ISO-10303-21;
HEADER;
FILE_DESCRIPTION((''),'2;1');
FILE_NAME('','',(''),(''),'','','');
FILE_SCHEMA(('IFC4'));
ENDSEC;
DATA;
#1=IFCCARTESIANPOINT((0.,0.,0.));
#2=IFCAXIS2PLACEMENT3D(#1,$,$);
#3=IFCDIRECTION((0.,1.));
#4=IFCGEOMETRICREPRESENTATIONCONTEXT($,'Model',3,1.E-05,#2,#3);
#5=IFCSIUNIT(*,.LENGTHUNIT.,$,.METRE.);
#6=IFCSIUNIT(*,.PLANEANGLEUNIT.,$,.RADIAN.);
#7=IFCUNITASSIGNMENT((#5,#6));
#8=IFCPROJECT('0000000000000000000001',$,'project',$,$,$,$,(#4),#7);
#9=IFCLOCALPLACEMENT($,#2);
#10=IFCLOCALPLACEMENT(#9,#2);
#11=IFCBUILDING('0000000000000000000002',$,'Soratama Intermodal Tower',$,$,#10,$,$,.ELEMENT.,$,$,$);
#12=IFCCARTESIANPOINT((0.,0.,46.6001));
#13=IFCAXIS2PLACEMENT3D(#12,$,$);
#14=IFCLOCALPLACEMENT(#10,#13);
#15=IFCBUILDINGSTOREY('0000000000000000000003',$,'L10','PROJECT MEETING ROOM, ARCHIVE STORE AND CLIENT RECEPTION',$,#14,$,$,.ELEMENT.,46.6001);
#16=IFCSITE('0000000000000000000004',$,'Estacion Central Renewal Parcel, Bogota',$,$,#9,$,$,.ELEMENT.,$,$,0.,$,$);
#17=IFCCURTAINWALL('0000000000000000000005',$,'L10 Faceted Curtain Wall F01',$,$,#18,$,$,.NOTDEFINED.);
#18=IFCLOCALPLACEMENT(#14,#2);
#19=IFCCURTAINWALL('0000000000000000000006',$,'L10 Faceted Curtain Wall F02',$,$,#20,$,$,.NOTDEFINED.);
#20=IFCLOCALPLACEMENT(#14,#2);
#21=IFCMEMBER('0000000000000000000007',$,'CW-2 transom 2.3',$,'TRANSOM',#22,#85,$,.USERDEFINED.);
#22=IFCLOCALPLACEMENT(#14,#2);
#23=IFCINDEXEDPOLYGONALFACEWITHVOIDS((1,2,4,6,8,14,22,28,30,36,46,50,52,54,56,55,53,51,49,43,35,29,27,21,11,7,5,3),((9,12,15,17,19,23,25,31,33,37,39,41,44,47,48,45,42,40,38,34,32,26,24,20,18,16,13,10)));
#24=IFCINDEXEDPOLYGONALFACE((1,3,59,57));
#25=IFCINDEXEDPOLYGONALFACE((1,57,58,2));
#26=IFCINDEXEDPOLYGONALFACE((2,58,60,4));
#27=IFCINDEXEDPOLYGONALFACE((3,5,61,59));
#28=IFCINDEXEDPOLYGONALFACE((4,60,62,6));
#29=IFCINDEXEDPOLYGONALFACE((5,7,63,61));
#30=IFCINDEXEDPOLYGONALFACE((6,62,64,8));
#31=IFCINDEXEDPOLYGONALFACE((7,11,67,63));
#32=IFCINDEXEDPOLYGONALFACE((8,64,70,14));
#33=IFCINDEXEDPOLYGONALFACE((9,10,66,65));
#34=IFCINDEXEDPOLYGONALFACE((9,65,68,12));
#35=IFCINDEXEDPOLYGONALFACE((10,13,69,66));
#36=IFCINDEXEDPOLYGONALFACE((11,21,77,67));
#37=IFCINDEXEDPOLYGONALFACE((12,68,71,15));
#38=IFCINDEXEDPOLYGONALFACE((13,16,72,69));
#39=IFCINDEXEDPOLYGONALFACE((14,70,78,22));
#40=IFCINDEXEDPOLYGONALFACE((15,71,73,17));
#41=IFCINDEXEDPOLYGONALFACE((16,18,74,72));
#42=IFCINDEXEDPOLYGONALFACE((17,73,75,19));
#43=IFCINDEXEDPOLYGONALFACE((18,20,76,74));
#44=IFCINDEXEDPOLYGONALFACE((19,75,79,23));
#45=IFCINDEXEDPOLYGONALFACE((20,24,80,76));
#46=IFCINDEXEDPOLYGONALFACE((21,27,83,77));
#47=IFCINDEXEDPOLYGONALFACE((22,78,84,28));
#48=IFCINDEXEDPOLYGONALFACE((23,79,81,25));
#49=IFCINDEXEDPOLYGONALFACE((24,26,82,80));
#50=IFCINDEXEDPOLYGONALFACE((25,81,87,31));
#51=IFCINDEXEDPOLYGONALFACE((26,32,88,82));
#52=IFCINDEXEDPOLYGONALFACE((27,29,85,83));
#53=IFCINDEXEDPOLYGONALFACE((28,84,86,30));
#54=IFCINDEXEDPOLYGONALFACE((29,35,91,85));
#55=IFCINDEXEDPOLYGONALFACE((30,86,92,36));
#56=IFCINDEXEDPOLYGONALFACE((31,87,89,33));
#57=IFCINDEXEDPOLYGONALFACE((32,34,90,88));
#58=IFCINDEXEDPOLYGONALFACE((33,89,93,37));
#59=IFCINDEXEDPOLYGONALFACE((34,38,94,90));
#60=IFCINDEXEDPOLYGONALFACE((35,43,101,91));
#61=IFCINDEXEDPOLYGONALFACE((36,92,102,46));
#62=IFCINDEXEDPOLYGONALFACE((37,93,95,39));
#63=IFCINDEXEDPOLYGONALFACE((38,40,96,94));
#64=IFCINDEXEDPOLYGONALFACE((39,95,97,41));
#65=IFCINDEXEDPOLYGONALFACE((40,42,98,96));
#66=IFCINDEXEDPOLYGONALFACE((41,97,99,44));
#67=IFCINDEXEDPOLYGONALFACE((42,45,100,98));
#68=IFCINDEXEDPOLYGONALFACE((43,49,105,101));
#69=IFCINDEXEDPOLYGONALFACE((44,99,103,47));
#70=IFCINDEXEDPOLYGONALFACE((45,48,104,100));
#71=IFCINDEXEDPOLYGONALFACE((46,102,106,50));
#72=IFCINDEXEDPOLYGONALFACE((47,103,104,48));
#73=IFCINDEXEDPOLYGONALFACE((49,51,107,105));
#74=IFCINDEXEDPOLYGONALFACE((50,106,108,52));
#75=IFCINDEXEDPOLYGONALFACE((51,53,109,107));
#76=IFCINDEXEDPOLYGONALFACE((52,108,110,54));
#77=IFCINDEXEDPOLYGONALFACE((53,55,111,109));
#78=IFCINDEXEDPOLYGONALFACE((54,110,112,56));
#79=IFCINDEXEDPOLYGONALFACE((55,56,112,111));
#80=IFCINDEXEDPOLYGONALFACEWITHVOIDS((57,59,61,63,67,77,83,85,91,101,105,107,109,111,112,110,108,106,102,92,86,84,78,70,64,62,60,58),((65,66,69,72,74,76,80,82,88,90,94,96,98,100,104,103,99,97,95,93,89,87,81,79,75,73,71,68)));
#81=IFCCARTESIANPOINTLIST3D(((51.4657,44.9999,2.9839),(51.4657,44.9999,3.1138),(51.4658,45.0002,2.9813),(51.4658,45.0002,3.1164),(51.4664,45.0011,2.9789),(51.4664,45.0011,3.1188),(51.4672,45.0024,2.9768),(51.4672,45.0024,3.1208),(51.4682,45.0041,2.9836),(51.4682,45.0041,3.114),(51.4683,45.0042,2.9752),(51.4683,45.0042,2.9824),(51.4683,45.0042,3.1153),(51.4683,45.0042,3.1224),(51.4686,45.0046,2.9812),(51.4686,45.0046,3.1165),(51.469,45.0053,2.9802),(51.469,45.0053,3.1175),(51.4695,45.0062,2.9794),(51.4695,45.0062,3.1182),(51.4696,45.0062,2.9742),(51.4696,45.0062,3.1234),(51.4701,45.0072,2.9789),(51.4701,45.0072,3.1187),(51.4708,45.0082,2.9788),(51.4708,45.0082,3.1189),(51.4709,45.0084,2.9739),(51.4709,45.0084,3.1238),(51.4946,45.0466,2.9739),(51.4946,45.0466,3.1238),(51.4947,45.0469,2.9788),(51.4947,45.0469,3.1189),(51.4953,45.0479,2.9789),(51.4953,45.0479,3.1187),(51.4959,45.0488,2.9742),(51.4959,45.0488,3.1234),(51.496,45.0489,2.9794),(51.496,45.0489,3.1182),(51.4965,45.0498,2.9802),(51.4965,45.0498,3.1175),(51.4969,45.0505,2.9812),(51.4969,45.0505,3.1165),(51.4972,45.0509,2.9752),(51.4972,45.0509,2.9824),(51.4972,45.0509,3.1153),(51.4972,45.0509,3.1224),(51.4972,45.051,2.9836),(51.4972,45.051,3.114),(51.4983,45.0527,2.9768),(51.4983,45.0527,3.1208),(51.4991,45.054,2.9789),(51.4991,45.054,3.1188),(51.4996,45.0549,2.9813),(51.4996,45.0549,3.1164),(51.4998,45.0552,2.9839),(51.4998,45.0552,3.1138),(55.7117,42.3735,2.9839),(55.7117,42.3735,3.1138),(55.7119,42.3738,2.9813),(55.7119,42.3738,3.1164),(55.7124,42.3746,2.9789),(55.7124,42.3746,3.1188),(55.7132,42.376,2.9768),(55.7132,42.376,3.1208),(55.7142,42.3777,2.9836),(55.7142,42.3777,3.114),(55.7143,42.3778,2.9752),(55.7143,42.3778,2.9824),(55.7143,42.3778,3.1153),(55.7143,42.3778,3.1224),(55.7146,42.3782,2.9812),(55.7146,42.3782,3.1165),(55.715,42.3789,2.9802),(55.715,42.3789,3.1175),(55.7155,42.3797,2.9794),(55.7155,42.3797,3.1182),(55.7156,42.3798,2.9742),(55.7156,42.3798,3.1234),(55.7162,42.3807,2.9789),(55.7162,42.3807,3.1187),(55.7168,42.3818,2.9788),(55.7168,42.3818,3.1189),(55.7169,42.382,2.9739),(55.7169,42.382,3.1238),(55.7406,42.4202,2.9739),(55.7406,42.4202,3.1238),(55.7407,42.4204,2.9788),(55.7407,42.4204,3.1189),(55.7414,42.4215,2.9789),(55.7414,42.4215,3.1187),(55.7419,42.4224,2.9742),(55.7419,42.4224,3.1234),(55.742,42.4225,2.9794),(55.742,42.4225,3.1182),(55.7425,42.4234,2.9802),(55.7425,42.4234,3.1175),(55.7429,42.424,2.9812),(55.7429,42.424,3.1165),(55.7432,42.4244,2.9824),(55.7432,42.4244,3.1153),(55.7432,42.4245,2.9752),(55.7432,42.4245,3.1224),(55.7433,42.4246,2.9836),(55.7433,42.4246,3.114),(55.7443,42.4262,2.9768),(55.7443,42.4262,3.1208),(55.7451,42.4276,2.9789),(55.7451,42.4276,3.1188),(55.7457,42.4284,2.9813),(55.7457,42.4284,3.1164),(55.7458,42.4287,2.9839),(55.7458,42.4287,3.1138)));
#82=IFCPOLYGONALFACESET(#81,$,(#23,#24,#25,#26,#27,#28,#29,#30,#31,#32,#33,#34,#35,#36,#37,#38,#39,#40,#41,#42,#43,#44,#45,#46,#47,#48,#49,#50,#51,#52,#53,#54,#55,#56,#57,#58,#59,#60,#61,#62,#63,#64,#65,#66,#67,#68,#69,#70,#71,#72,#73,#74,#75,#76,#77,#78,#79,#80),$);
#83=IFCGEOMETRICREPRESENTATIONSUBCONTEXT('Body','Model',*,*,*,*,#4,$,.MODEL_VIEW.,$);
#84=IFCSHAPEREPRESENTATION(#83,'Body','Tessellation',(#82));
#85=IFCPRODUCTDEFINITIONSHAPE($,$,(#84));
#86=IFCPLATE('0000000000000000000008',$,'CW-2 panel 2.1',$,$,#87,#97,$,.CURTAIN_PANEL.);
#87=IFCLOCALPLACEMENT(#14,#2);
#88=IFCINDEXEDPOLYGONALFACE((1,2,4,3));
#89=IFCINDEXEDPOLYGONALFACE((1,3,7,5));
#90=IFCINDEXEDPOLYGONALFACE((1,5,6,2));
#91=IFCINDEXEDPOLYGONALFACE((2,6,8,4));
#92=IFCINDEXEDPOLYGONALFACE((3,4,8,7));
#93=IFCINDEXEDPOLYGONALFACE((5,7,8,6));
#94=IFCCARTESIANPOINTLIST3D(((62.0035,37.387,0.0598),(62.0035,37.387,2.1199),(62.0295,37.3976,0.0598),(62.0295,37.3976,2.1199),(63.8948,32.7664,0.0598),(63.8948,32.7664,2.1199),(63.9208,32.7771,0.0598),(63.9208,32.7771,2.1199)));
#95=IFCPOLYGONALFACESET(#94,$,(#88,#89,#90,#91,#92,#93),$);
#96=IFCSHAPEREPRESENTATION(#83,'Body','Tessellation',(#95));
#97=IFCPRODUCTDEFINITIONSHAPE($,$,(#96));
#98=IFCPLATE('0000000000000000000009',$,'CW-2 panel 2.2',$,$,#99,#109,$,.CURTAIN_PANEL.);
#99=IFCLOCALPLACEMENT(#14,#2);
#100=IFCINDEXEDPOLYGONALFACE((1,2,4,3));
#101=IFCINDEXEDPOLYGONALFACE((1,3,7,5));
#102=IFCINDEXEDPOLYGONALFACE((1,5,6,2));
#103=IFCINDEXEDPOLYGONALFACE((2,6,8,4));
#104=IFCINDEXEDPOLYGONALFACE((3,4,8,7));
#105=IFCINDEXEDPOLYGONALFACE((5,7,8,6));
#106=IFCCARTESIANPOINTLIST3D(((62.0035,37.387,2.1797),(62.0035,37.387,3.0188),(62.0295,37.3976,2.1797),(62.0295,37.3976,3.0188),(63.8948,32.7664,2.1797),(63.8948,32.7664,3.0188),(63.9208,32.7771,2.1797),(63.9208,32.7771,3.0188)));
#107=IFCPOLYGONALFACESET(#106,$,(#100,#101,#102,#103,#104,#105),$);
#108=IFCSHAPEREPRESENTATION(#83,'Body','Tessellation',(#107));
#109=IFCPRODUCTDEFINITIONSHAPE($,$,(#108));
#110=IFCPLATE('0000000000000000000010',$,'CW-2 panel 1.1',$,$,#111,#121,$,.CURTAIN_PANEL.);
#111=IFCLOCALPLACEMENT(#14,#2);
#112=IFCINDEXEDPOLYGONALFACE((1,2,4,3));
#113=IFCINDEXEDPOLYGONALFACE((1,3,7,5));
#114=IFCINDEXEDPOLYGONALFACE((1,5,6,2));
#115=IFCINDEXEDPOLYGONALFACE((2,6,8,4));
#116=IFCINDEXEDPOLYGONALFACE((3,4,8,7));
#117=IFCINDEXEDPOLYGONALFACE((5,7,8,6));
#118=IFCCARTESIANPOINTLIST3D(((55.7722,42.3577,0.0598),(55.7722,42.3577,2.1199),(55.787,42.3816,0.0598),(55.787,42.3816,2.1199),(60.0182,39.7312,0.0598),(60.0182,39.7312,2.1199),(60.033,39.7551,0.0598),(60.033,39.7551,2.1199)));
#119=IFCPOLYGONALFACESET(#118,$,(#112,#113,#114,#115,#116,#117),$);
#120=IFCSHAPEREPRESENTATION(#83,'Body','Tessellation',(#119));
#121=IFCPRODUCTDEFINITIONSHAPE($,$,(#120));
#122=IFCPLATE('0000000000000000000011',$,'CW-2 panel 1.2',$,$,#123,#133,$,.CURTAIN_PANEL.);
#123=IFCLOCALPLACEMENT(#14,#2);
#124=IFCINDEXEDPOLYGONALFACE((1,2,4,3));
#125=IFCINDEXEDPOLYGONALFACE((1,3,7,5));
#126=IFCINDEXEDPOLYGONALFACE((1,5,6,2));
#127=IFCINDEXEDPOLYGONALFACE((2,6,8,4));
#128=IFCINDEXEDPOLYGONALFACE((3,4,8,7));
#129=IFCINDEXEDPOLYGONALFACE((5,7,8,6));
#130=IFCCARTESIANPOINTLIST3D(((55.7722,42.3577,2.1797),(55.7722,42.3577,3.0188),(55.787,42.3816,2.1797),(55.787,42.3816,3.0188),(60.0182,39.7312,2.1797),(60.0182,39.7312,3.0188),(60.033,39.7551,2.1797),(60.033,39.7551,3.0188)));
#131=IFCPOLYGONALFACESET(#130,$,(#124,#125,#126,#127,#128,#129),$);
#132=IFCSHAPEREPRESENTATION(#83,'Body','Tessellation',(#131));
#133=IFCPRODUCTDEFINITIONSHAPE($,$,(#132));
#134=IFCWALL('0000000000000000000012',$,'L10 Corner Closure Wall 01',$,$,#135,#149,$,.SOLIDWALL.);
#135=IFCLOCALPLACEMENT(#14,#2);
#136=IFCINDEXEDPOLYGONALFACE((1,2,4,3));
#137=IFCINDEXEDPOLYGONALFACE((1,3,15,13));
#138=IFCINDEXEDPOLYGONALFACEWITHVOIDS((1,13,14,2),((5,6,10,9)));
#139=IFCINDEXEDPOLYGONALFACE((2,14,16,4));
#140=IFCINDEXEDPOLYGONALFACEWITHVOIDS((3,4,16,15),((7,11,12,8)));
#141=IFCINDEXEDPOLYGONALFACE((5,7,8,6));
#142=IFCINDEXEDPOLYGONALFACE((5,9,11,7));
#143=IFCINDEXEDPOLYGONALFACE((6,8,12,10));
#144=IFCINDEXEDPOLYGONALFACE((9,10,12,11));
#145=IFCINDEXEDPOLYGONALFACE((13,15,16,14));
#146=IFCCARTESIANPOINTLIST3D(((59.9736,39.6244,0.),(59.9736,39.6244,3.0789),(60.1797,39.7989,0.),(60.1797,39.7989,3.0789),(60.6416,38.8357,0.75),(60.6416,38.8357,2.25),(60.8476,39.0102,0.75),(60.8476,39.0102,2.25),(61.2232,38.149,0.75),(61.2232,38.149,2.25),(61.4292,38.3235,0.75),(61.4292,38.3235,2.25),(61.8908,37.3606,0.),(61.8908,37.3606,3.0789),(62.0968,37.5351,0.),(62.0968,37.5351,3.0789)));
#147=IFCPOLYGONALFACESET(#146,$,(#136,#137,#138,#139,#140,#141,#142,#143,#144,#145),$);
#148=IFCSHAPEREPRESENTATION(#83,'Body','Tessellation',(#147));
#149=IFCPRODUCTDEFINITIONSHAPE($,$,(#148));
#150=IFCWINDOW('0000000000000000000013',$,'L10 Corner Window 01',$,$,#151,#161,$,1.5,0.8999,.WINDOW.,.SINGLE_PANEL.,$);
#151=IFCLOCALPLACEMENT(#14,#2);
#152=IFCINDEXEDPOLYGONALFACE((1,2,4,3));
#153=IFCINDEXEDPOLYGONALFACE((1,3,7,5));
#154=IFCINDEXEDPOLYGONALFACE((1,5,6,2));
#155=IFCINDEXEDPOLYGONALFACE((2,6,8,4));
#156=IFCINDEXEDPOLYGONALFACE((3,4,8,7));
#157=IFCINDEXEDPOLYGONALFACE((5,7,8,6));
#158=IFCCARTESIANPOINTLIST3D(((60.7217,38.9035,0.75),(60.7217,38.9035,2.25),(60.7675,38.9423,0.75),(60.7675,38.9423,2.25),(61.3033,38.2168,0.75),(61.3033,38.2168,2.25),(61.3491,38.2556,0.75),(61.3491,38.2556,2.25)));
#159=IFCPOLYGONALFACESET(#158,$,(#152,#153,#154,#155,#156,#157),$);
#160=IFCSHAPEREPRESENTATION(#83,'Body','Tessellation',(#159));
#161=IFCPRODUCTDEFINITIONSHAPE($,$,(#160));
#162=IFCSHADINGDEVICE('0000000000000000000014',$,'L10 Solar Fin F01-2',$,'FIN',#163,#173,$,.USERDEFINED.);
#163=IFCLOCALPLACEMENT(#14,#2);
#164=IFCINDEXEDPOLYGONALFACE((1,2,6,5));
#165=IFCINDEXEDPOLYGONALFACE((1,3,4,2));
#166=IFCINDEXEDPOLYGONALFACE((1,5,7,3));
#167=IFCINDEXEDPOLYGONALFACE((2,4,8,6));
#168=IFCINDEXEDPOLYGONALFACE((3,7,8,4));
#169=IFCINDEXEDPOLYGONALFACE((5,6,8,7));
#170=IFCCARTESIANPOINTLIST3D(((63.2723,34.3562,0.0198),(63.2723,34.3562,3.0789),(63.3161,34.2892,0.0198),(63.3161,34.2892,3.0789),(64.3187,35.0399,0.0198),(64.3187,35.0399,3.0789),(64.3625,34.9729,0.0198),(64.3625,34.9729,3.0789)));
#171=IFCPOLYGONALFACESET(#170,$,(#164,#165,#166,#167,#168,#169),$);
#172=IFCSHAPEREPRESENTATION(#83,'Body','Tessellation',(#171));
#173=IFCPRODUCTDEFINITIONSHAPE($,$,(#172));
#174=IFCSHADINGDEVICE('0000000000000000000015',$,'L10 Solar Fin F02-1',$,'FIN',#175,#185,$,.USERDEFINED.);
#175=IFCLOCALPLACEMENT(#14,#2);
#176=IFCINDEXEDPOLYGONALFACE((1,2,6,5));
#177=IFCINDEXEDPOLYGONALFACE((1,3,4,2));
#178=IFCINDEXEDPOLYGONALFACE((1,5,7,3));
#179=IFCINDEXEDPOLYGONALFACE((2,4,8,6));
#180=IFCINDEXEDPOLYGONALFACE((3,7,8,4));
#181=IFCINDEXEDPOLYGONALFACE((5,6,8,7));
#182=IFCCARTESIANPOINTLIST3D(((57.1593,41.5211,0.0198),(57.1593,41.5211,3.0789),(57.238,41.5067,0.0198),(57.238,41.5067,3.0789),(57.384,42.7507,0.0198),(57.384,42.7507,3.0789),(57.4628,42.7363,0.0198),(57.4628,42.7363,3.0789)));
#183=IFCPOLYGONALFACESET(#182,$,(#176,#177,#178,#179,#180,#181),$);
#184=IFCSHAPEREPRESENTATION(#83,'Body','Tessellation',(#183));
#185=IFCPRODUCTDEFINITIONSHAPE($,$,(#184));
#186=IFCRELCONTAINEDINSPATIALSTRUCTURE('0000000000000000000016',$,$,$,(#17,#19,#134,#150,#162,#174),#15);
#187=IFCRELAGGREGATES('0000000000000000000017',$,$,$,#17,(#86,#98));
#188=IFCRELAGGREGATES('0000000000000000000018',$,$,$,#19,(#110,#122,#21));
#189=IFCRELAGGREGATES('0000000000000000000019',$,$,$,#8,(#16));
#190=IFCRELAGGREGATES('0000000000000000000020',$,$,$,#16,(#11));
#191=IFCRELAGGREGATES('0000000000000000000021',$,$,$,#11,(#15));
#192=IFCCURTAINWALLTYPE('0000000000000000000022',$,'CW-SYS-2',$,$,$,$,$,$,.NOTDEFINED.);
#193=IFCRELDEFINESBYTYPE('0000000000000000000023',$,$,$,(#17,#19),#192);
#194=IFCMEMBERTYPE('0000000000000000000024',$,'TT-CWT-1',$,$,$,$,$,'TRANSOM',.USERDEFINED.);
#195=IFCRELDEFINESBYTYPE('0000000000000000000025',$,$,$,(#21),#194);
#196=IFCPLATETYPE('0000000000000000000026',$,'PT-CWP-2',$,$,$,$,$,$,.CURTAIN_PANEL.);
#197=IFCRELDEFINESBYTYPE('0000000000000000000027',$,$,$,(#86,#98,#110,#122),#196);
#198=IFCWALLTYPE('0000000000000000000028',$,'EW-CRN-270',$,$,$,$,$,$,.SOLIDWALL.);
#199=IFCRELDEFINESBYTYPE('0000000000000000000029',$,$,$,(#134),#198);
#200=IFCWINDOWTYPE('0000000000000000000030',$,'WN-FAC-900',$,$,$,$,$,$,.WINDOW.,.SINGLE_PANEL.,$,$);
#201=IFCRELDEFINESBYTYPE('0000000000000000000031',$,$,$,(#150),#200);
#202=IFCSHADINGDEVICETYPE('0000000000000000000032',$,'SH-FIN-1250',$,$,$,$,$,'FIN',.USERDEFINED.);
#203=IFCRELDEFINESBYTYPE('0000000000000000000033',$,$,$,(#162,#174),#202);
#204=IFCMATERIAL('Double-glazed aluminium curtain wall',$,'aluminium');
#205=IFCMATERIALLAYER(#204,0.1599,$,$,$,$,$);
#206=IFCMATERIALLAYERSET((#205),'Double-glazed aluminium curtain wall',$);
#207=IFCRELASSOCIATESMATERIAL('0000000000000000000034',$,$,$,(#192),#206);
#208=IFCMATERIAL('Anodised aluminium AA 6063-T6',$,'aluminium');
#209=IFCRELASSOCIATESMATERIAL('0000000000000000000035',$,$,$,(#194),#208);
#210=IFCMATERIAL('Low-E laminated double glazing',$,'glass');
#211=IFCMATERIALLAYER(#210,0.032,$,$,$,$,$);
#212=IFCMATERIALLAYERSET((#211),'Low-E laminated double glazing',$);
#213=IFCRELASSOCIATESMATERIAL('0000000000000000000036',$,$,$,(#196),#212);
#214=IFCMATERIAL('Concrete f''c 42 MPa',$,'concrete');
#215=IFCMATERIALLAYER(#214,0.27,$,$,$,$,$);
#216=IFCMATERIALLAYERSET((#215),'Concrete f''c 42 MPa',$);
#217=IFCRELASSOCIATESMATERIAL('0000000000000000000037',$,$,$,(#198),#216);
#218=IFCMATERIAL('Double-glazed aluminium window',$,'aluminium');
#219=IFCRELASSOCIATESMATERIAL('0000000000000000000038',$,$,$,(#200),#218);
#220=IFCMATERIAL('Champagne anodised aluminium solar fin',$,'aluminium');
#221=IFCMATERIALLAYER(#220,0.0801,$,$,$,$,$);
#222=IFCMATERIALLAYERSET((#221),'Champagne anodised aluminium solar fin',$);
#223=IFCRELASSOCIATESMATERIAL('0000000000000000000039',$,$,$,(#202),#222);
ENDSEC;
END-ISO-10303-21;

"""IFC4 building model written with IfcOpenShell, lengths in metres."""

from ifc_helpers import new_model, si_unit, direction, frame, frame_2d, origin, origin_2d, place, context, subcontext, project, spatial, rectangle, hollow_rectangle, extrude, material, layer, layer_set, material_profile, profile_set, type_object, element, fill, aggregate, save


model = new_model("IFC4")

# Units and contexts
model_context = context("Model", 3, precision=1e-05, world=origin(), true_north=direction((0.0, 1.0)))
body_context = subcontext(model_context, "Body", "Model", "MODEL_VIEW")
ifc_project = project(units=[si_unit("LENGTHUNIT", "METRE"), si_unit("PLANEANGLEUNIT", "RADIAN")], contexts=[model_context])

# Site, building, storey
site_placement = place(None, origin())
site = spatial("IfcSite", under=ifc_project, at=site_placement, Name="Estacion Central Renewal Parcel, Bogota", CompositionType="ELEMENT", RefElevation=0.0)
building_placement = place(site_placement, origin())
building = spatial("IfcBuilding", under=site, at=building_placement, Name="Soratama Intermodal Tower", CompositionType="ELEMENT")
storey_placement = place(building_placement, frame((0.0, 0.0, 46.6001)))
storey = spatial("IfcBuildingStorey", under=building, at=storey_placement, Name="L10", Description="PROJECT MEETING ROOM, ARCHIVE STORE AND CLIENT RECEPTION", CompositionType="ELEMENT", Elevation=46.6001)

# Curtain wall
ifc_material_1 = material(Name="Double-glazed aluminium curtain wall", Category="aluminium")
ifc_layer_1 = layer(ifc_material_1, 0.1599)
ifc_layer_set_1 = layer_set([ifc_layer_1], Name="Double-glazed aluminium curtain wall")
curtain_wall_type = type_object("IfcCurtainWallType", Name="CW-SYS-2", PredefinedType="NOTDEFINED", material=ifc_layer_set_1)
curtain_wall_1_placement = place(storey_placement, origin())
curtain_wall_1 = element("IfcCurtainWall", 1, at=curtain_wall_1_placement, inside=storey, type_object=curtain_wall_type, Name="L10 Faceted Curtain Wall F01", PredefinedType="NOTDEFINED")

# Curtain wall, member
curtain_wall_2_placement = place(storey_placement, origin())
curtain_wall_2 = element("IfcCurtainWall", 2, at=curtain_wall_2_placement, inside=storey, type_object=curtain_wall_type, Name="L10 Faceted Curtain Wall F02", PredefinedType="NOTDEFINED")
ifc_material_2 = material(Name="Anodised aluminium AA 6063-T6", Category="aluminium")
ifc_material_profile_1 = material_profile(ifc_material_2, hollow_rectangle(XDim=0.0649, YDim=0.1499, WallThickness=0.0049, InnerFilletRadius=0.0049, OuterFilletRadius=0.01, at=origin_2d()), Name="CWT150X65X5")
ifc_profile_set_1 = profile_set([ifc_material_profile_1], Name="Anodised aluminium AA 6063-T6")
member_type_1 = type_object("IfcMemberType", Name="TT-CWT-1", ElementType="TRANSOM", PredefinedType="USERDEFINED", material=ifc_profile_set_1)
member_1_placement = place(storey_placement, frame((55.7288, 42.4011, 3.0488), z_axis=(-0.850451, 0.526055, 0.0), x_axis=(-0.526055, -0.850451, 0.0)))
member_1 = element("IfcMember", 3, at=member_1_placement, type_object=member_type_1, Name="CW-2 transom 2.3", ObjectType="TRANSOM", PredefinedType="USERDEFINED", context=body_context, shape_type="SweptSolid", body=[
    extrude(hollow_rectangle(XDim=0.0649, YDim=0.1499, WallThickness=0.0049, InnerFilletRadius=0.0049, OuterFilletRadius=0.01, at=origin_2d()), origin(), (0.0, 0.0, 1.0), 4.9927),
])

# Plates
ifc_material_3 = material(Name="Low-E laminated double glazing", Category="glass")
ifc_layer_2 = layer(ifc_material_3, 0.032)
ifc_layer_set_2 = layer_set([ifc_layer_2], Name="Low-E laminated double glazing")
plate_type = type_object("IfcPlateType", Name="PT-CWP-2", PredefinedType="CURTAIN_PANEL", material=ifc_layer_set_2)
plate_1_placement = place(storey_placement, frame((62.9622, 35.082, 0.0598), z_axis=(0.0, 0.0, 1.0), x_axis=(-0.378813, 0.925473, 0.0)))
plate_1 = element("IfcPlate", 4, at=plate_1_placement, type_object=plate_type, Name="CW-2 panel 2.1", PredefinedType="CURTAIN_PANEL", context=body_context, shape_type="SweptSolid", body=[
    extrude(rectangle(XDim=4.9927, YDim=0.0281, at=origin_2d()), origin(), (0.0, 0.0, 1.0), 2.0601),
])
plate_2_placement = place(storey_placement, frame((62.9622, 35.082, 2.1797), z_axis=(0.0, 0.0, 1.0), x_axis=(-0.378813, 0.925473, 0.0)))
plate_2 = element("IfcPlate", 5, at=plate_2_placement, type_object=plate_type, Name="CW-2 panel 2.2", PredefinedType="CURTAIN_PANEL", context=body_context, shape_type="SweptSolid", body=[
    extrude(rectangle(XDim=4.9927, YDim=0.0281, at=origin_2d()), origin(), (0.0, 0.0, 1.0), 0.8391),
])
aggregate(curtain_wall_1, [plate_1, plate_2])
plate_3_placement = place(storey_placement, frame((57.9026, 41.0564, 0.0598), z_axis=(0.0, 0.0, 1.0), x_axis=(-0.850449, 0.526058, 0.0)))
plate_3 = element("IfcPlate", 6, at=plate_3_placement, type_object=plate_type, Name="CW-2 panel 1.1", PredefinedType="CURTAIN_PANEL", context=body_context, shape_type="SweptSolid", body=[
    extrude(rectangle(XDim=4.9927, YDim=0.0281, at=origin_2d()), origin(), (0.0, 0.0, 1.0), 2.0601),
])
plate_4_placement = place(storey_placement, frame((57.9026, 41.0564, 2.1797), z_axis=(0.0, 0.0, 1.0), x_axis=(-0.850449, 0.526058, 0.0)))
plate_4 = element("IfcPlate", 7, at=plate_4_placement, type_object=plate_type, Name="CW-2 panel 1.2", PredefinedType="CURTAIN_PANEL", context=body_context, shape_type="SweptSolid", body=[
    extrude(rectangle(XDim=4.9927, YDim=0.0281, at=origin_2d()), origin(), (0.0, 0.0, 1.0), 0.8391),
])
aggregate(curtain_wall_2, [plate_3, plate_4, member_1])

# Wall, opening, window
ifc_material_4 = material(Name="Concrete f'c 42 MPa", Category="concrete")
ifc_layer_3 = layer(ifc_material_4, 0.27)
ifc_layer_set_3 = layer_set([ifc_layer_3], Name="Concrete f'c 42 MPa")
wall_type = type_object("IfcWallType", Name="EW-CRN-270", PredefinedType="SOLIDWALL", material=ifc_layer_set_3)
wall_placement = place(storey_placement, frame((61.9939, 37.4478, 0.0), z_axis=(0.0, 0.0, 1.0), x_axis=(-0.646259, 0.763118, 0.0)))
wall = element("IfcWall", 8, at=wall_placement, inside=storey, type_object=wall_type, Name="L10 Corner Closure Wall 01", PredefinedType="SOLIDWALL", context=body_context, shape_type="SweptSolid", body=[
    extrude(rectangle(XDim=2.9666, YDim=0.27, at=frame_2d((1.4834, 0.0))), origin(), (0.0, 0.0, 1.0), 3.0789),
])
opening_placement = place(wall_placement, frame((1.0332, 0.0, 0.75)))
opening = element("IfcOpeningElement", 9, at=opening_placement, cuts=wall, PredefinedType="OPENING", context=body_context, shape_type="SweptSolid", body=[
    extrude(rectangle(XDim=0.8999, YDim=1.5, at=frame_2d((0.45, 0.75))), frame((0.0, 0.145, 0.0), z_axis=(0.0, -1.0, 0.0), x_axis=(1.0, 0.0, 0.0)), (0.0, 0.0, 1.0), 0.29),
])
ifc_material_5 = material(Name="Double-glazed aluminium window", Category="aluminium")
window_type = type_object("IfcWindowType", Name="WN-FAC-900", PartitioningType="SINGLE_PANEL", PredefinedType="WINDOW", material=ifc_material_5)
window_placement = place(opening_placement, origin())
window = element("IfcWindow", 10, at=window_placement, inside=storey, type_object=window_type, Name="L10 Corner Window 01", OverallHeight=1.5, OverallWidth=0.8999, PartitioningType="SINGLE_PANEL", PredefinedType="WINDOW", context=body_context, shape_type="SweptSolid", body=[
    extrude(rectangle(XDim=0.8999, YDim=1.5, at=frame_2d((0.45, 0.75))), frame((0.0, 0.03, 0.0), z_axis=(0.0, -1.0, 0.0), x_axis=(1.0, 0.0, 0.0)), (0.0, 0.0, 1.0), 0.0601),
])
fill(opening, window)

# Shading devices
ifc_material_6 = material(Name="Champagne anodised aluminium solar fin", Category="aluminium")
ifc_layer_4 = layer(ifc_material_6, 0.0801)
ifc_layer_set_4 = layer_set([ifc_layer_4], Name="Champagne anodised aluminium solar fin")
shading_device_type = type_object("IfcShadingDeviceType", Name="SH-FIN-1250", ElementType="FIN", PredefinedType="USERDEFINED", material=ifc_layer_set_4)
for number, where, z_axis, x_axis, name in (
    (11, (63.8174, 34.6646, 0.0198), (0.0, 0.0, 1.0), (0.837146, 0.546979, 0.0), "L10 Solar Fin F01-2"),
    (12, (57.311, 42.1287, 0.0198), (0.0, 0.0, 1.0), (0.179832, 0.983697, 0.0), "L10 Solar Fin F02-1"),
):
    element("IfcShadingDevice", number, at=place(storey_placement, frame(where, z_axis=z_axis, x_axis=x_axis)), inside=storey, type_object=shading_device_type, Name=name, ObjectType="FIN", PredefinedType="USERDEFINED", context=body_context, shape_type="SweptSolid", body=[
        extrude(rectangle(XDim=1.25, YDim=0.0801, at=origin_2d()), origin(), (0.0, 0.0, 1.0), 3.0591),
    ])

save(model, "model.ifc")
